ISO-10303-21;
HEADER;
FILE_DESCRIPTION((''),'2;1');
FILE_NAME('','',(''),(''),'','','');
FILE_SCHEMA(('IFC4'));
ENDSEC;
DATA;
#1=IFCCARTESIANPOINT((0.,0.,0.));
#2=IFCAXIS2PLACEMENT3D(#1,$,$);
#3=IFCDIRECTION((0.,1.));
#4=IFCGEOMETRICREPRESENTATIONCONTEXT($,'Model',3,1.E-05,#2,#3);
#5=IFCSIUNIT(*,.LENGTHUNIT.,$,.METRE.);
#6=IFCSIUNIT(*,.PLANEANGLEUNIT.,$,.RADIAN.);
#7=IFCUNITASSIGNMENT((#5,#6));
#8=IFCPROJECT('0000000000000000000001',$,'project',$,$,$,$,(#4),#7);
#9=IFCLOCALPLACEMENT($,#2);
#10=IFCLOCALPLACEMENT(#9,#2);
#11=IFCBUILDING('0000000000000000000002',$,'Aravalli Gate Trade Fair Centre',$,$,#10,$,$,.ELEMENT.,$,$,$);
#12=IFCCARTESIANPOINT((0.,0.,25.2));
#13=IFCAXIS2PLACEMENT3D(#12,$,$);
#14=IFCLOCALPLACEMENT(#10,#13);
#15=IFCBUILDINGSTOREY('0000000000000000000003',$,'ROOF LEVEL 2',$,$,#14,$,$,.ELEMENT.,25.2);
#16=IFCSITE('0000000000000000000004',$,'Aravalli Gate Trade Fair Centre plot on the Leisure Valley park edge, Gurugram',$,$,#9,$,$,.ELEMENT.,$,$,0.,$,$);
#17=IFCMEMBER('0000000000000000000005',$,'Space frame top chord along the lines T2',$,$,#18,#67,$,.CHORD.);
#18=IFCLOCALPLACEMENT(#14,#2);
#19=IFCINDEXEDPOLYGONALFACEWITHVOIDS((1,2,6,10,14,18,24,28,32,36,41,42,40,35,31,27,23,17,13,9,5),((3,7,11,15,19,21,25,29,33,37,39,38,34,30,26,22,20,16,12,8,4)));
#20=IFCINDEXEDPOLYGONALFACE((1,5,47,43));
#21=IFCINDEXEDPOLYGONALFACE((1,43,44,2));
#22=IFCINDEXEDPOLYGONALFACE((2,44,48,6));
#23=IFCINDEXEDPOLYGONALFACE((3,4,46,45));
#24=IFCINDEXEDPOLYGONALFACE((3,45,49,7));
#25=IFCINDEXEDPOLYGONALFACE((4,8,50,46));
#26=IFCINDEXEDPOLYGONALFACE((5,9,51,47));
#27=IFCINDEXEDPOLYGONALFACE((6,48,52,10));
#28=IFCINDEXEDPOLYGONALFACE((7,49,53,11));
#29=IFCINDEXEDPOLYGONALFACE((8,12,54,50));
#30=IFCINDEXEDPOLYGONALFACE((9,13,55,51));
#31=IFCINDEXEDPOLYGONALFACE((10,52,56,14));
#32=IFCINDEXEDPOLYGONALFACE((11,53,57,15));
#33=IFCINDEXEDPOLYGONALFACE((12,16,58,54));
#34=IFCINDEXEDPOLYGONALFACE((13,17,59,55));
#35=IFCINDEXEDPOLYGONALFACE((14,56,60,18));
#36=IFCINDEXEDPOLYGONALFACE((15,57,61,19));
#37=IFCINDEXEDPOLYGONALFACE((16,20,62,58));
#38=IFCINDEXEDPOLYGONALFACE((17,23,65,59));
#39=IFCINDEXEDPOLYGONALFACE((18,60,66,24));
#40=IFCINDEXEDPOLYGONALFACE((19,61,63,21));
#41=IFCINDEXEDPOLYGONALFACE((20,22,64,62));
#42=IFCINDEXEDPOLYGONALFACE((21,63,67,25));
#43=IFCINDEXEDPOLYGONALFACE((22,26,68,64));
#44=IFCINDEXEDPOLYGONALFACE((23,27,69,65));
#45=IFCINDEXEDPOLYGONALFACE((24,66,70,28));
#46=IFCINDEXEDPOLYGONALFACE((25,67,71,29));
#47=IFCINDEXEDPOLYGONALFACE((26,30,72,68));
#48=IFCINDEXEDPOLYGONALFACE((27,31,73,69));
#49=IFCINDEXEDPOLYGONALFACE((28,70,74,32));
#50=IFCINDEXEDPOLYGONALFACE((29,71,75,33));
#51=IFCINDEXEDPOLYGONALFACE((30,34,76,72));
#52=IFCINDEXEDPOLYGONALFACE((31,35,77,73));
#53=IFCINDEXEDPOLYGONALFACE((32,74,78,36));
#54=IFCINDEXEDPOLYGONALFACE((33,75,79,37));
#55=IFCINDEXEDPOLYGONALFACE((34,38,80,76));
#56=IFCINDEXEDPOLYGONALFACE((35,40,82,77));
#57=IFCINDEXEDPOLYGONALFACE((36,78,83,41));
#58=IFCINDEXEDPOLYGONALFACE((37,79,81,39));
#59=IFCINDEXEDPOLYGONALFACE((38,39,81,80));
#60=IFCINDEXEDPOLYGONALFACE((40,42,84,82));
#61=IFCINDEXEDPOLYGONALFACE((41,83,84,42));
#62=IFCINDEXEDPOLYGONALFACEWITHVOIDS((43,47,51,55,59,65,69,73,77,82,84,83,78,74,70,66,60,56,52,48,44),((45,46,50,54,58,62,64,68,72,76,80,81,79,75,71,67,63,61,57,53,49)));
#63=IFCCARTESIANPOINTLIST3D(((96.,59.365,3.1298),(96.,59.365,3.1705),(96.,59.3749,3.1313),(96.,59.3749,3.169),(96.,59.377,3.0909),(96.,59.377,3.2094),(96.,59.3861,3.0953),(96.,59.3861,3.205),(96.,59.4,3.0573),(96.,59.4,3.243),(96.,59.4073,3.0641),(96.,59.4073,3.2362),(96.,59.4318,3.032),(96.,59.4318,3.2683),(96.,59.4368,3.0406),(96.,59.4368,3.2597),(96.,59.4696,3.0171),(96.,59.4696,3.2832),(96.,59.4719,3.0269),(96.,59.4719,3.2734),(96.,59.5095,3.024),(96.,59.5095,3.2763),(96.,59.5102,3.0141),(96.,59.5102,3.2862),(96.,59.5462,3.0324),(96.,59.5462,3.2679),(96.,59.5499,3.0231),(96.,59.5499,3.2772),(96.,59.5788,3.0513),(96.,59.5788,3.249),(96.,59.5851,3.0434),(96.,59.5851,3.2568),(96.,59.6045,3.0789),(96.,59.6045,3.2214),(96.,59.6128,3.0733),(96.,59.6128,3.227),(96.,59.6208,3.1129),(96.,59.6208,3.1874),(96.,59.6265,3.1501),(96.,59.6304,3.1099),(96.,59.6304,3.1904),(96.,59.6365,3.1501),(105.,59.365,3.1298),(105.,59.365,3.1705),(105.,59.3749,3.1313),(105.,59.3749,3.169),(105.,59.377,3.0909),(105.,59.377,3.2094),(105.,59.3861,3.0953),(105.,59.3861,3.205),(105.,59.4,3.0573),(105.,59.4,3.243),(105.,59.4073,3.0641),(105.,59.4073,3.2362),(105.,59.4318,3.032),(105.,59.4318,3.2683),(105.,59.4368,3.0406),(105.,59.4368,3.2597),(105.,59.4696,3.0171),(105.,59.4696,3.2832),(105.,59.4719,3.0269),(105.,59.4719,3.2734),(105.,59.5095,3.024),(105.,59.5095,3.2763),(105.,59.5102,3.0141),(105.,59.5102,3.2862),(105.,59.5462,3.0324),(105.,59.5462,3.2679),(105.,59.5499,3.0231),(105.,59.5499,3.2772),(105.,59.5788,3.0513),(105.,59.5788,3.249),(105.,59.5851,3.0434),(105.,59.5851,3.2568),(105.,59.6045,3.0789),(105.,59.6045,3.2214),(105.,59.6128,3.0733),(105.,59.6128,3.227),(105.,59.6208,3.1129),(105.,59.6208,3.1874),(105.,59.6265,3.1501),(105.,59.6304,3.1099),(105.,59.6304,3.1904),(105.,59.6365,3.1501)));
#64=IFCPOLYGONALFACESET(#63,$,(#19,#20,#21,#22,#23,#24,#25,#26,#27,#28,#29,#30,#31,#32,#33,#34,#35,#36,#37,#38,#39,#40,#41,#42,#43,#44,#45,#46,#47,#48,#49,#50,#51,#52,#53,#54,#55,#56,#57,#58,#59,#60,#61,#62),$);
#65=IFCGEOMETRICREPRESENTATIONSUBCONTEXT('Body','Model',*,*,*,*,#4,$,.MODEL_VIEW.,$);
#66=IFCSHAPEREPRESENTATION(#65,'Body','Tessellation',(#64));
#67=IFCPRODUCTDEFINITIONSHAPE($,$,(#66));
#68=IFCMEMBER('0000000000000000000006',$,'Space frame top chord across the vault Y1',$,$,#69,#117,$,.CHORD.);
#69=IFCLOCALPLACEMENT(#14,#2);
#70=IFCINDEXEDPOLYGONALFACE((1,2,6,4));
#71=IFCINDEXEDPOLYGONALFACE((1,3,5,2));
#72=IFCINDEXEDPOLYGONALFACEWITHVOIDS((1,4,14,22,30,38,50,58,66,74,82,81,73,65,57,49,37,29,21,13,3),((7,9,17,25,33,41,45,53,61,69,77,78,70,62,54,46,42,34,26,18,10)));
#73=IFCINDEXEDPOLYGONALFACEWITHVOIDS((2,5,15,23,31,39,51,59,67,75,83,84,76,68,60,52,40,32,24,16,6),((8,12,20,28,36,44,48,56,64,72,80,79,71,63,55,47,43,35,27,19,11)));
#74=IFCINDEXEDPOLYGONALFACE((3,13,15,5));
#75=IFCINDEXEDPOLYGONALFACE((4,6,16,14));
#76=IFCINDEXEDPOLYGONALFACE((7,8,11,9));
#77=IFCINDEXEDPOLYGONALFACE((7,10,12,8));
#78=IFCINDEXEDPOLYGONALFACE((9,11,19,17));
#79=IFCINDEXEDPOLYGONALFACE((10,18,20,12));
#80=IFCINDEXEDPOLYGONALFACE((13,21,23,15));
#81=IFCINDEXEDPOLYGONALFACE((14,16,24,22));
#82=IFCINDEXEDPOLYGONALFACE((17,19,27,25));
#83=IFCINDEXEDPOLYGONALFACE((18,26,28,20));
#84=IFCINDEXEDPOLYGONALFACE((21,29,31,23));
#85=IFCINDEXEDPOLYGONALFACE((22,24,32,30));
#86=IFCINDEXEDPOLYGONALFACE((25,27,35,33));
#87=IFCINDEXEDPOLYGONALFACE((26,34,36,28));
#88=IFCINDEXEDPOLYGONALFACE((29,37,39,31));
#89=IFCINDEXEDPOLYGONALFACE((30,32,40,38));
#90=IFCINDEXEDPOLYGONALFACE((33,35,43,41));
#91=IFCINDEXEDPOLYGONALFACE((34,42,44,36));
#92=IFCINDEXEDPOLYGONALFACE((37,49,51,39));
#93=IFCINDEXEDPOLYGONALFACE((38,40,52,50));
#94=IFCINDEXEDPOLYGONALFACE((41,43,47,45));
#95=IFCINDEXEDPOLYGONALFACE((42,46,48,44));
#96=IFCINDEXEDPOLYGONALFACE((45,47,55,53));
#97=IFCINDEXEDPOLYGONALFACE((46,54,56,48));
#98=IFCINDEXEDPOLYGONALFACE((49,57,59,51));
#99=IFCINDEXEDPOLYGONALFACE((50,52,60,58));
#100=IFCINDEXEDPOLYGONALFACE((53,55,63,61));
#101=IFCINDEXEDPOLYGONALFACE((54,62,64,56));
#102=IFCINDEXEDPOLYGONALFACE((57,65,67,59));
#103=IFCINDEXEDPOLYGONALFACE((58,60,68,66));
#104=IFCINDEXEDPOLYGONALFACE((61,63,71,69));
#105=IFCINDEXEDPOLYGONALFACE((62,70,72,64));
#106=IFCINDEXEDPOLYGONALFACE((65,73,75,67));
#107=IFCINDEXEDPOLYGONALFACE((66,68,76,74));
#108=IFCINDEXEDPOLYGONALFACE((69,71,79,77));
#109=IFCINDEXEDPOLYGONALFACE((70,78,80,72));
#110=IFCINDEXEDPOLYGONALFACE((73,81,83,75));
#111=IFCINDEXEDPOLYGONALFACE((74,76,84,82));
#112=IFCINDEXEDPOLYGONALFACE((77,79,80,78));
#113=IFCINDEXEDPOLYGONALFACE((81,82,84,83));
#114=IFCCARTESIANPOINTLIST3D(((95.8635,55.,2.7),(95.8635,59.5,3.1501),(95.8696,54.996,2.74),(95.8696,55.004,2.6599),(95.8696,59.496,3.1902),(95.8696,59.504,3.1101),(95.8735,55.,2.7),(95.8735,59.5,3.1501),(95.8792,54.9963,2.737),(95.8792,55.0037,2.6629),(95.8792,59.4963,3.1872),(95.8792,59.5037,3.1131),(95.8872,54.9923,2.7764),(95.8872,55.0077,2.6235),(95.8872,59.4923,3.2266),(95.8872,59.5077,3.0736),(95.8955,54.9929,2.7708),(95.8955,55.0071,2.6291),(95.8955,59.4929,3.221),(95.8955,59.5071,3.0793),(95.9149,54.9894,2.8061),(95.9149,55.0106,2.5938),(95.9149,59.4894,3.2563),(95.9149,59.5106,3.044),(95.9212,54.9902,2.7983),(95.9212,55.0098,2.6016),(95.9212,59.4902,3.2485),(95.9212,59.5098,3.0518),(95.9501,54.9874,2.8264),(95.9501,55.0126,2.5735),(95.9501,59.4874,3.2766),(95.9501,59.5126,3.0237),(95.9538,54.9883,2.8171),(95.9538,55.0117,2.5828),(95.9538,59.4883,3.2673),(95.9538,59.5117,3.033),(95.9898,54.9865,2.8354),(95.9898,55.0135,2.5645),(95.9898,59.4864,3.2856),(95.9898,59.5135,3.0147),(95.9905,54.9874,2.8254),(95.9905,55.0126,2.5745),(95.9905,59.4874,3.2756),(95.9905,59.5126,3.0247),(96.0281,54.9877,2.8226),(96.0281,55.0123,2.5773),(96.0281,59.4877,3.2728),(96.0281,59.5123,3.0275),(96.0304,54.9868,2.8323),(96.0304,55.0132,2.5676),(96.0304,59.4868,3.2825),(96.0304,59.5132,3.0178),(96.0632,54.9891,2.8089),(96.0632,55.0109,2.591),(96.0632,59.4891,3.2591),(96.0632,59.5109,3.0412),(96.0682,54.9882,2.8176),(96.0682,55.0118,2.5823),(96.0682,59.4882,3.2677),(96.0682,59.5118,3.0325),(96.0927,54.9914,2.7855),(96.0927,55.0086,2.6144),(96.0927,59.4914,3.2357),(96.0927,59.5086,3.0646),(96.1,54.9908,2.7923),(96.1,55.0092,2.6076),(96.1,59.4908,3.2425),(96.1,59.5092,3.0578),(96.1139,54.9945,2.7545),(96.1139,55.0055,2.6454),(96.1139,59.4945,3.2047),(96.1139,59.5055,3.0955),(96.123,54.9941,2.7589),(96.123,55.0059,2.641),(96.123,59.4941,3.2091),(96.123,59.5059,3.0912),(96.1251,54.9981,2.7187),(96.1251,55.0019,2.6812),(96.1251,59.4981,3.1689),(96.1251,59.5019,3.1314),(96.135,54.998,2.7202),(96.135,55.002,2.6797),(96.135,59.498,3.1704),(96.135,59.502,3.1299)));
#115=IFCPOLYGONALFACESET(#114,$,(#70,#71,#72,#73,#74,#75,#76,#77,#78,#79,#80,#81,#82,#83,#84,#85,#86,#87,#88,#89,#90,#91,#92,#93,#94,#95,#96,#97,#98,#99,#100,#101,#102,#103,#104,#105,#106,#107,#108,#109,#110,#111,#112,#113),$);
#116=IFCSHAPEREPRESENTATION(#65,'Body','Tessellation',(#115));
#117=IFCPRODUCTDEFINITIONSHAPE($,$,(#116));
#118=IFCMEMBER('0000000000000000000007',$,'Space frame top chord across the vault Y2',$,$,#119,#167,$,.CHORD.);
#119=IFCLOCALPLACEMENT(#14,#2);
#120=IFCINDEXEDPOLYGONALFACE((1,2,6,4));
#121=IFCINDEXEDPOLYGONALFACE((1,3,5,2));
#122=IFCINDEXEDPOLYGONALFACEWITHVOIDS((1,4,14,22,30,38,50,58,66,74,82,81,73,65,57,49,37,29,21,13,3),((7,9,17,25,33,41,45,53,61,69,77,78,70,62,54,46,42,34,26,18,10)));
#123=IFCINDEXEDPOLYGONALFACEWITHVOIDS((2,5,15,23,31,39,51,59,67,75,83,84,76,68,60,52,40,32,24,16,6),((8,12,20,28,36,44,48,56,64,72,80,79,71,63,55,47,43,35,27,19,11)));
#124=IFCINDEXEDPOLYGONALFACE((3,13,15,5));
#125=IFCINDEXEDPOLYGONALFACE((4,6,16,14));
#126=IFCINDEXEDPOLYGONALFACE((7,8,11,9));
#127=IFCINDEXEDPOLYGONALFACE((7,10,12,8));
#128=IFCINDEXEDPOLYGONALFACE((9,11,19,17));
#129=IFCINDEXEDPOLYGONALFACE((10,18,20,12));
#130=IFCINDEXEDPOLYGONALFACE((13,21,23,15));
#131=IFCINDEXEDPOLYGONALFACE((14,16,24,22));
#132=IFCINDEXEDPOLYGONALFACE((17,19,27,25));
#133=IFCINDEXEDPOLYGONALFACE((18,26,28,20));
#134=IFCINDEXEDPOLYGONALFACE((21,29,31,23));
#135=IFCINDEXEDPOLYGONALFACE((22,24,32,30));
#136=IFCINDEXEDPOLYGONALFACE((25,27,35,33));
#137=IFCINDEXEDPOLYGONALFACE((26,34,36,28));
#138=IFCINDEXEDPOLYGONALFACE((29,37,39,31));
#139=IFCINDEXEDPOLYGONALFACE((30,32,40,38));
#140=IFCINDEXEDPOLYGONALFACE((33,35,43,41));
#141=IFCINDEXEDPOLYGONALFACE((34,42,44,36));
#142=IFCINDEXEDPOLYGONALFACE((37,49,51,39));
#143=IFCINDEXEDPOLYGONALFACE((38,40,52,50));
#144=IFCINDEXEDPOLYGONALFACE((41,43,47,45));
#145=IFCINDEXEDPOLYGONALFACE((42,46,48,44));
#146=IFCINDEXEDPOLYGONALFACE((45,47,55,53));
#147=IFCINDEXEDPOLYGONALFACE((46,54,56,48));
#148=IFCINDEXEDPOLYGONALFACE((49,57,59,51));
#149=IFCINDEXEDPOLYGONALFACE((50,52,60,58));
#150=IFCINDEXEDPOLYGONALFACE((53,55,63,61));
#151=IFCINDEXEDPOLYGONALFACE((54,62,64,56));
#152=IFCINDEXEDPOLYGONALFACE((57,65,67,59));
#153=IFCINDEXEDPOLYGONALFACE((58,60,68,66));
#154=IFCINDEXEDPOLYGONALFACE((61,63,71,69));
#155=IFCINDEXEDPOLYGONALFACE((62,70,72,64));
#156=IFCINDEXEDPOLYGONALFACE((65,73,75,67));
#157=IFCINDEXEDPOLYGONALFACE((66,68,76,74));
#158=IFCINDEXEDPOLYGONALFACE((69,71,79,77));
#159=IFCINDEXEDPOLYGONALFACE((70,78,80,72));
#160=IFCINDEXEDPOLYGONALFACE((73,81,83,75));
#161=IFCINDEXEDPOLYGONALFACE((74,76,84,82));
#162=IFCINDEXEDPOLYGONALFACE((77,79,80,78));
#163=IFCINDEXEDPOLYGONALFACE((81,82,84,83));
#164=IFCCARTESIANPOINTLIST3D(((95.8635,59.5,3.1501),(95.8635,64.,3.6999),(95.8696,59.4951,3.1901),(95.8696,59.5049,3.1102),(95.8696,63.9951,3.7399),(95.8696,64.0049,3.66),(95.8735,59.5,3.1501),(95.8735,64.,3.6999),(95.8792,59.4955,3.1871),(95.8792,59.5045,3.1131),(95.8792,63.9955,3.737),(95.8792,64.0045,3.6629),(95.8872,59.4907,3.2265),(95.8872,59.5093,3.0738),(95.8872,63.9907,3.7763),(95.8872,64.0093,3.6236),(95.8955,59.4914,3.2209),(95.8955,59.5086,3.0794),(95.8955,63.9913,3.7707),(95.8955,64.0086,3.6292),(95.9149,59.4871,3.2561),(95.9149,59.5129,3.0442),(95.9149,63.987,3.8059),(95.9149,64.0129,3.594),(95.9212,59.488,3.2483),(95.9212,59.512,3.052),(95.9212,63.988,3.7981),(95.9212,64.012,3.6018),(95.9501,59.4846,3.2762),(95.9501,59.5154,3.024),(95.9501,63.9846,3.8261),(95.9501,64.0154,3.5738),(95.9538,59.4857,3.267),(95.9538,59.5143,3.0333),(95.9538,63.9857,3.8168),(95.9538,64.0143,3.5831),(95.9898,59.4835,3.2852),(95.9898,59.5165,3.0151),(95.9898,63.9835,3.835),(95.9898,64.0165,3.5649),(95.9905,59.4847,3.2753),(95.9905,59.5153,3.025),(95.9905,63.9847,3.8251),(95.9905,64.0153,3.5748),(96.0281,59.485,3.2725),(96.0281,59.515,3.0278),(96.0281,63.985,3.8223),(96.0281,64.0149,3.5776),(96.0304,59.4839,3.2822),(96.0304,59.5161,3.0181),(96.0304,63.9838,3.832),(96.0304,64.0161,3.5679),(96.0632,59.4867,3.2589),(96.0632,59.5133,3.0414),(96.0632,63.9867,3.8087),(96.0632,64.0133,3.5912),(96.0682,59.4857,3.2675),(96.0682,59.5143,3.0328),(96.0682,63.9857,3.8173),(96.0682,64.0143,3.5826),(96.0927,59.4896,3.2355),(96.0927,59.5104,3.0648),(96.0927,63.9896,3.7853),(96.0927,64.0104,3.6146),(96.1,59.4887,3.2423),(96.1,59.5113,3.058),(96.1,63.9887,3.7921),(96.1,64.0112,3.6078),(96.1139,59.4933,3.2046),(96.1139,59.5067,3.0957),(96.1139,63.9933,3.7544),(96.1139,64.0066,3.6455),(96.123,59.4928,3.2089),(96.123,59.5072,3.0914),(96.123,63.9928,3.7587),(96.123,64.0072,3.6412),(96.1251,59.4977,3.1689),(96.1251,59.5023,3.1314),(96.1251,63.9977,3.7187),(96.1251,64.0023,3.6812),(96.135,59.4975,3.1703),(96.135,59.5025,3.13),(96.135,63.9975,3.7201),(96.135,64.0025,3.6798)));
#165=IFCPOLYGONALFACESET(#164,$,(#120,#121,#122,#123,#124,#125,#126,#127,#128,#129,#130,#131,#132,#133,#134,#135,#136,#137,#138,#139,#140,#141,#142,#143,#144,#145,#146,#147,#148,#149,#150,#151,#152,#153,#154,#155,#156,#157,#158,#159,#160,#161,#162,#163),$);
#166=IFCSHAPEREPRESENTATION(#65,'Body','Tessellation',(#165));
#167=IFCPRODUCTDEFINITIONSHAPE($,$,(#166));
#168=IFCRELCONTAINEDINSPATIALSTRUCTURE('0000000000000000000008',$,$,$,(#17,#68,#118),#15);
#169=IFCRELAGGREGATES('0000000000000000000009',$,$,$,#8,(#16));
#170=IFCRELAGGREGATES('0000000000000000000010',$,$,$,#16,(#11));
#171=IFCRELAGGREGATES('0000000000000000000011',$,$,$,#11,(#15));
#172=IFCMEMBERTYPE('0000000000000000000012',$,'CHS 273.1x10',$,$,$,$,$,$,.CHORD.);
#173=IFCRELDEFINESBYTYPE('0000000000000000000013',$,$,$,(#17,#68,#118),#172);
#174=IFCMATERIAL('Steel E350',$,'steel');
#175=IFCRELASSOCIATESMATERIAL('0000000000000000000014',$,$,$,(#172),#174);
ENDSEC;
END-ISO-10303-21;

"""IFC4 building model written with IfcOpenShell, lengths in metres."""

from ifc_helpers import new_model, si_unit, direction, frame, origin, origin_2d, place, context, subcontext, project, spatial, hollow_circle, extrude, material, material_profile, profile_set, type_object, element, save


model = new_model("IFC4")

# Units and contexts
model_context = context("Model", 3, precision=1e-05, world=origin(), true_north=direction((0.0, 1.0)))
body_context = subcontext(model_context, "Body", "Model", "MODEL_VIEW")
ifc_project = project(units=[si_unit("LENGTHUNIT", "METRE"), si_unit("PLANEANGLEUNIT", "RADIAN")], contexts=[model_context])

# Site, building, storey
site_placement = place(None, origin())
site = spatial("IfcSite", under=ifc_project, at=site_placement, Name="Aravalli Gate Trade Fair Centre plot on the Leisure Valley park edge, Gurugram", CompositionType="ELEMENT", RefElevation=0.0)
building_placement = place(site_placement, origin())
building = spatial("IfcBuilding", under=site, at=building_placement, Name="Aravalli Gate Trade Fair Centre", CompositionType="ELEMENT")
storey_placement = place(building_placement, frame((0.0, 0.0, 25.2)))
storey = spatial("IfcBuildingStorey", under=building, at=storey_placement, Name="ROOF LEVEL 2", CompositionType="ELEMENT", Elevation=25.2)

# Members
ifc_material = material(Name="Steel E350", Category="steel")
ifc_material_profile_1 = material_profile(ifc_material, hollow_circle(Radius=0.1365, WallThickness=0.01, at=origin_2d()), Name="CHS 273.1x10")
ifc_profile_set_1 = profile_set([ifc_material_profile_1], Name="Steel E350")
member_type_1 = type_object("IfcMemberType", Name="CHS 273.1x10", PredefinedType="CHORD", material=ifc_profile_set_1)
member_1_placement = place(storey_placement, frame((96.0, 59.5, 3.1501), z_axis=(1.0, 0.0, 0.0), x_axis=(0.0, 1.0, 0.0)))
element("IfcMember", 1, at=member_1_placement, inside=storey, type_object=member_type_1, Name="Space frame top chord along the lines T2", PredefinedType="CHORD", context=body_context, shape_type="SweptSolid", body=[
    extrude(hollow_circle(Radius=0.1365, WallThickness=0.01, at=origin_2d()), origin(), (0.0, 0.0, 1.0), 9.0),
])
member_2_placement = place(storey_placement, frame((96.0, 55.0, 2.7), z_axis=(0.0, 0.995033, 0.099546), x_axis=(-1.0, 0.0, 0.0)))
element("IfcMember", 2, at=member_2_placement, inside=storey, type_object=member_type_1, Name="Space frame top chord across the vault Y1", PredefinedType="CHORD", context=body_context, shape_type="SweptSolid", body=[
    extrude(hollow_circle(Radius=0.1365, WallThickness=0.01, at=origin_2d()), origin(), (0.0, 0.0, 1.0), 4.5225),
])
member_3_placement = place(storey_placement, frame((96.0, 59.5, 3.1501), z_axis=(0.0, 0.992619, 0.121277), x_axis=(-1.0, 0.0, 0.0)))
element("IfcMember", 3, at=member_3_placement, inside=storey, type_object=member_type_1, Name="Space frame top chord across the vault Y2", PredefinedType="CHORD", context=body_context, shape_type="SweptSolid", body=[
    extrude(hollow_circle(Radius=0.1365, WallThickness=0.01, at=origin_2d()), origin(), (0.0, 0.0, 1.0), 4.5334),
])

save(model, "model.ifc")
